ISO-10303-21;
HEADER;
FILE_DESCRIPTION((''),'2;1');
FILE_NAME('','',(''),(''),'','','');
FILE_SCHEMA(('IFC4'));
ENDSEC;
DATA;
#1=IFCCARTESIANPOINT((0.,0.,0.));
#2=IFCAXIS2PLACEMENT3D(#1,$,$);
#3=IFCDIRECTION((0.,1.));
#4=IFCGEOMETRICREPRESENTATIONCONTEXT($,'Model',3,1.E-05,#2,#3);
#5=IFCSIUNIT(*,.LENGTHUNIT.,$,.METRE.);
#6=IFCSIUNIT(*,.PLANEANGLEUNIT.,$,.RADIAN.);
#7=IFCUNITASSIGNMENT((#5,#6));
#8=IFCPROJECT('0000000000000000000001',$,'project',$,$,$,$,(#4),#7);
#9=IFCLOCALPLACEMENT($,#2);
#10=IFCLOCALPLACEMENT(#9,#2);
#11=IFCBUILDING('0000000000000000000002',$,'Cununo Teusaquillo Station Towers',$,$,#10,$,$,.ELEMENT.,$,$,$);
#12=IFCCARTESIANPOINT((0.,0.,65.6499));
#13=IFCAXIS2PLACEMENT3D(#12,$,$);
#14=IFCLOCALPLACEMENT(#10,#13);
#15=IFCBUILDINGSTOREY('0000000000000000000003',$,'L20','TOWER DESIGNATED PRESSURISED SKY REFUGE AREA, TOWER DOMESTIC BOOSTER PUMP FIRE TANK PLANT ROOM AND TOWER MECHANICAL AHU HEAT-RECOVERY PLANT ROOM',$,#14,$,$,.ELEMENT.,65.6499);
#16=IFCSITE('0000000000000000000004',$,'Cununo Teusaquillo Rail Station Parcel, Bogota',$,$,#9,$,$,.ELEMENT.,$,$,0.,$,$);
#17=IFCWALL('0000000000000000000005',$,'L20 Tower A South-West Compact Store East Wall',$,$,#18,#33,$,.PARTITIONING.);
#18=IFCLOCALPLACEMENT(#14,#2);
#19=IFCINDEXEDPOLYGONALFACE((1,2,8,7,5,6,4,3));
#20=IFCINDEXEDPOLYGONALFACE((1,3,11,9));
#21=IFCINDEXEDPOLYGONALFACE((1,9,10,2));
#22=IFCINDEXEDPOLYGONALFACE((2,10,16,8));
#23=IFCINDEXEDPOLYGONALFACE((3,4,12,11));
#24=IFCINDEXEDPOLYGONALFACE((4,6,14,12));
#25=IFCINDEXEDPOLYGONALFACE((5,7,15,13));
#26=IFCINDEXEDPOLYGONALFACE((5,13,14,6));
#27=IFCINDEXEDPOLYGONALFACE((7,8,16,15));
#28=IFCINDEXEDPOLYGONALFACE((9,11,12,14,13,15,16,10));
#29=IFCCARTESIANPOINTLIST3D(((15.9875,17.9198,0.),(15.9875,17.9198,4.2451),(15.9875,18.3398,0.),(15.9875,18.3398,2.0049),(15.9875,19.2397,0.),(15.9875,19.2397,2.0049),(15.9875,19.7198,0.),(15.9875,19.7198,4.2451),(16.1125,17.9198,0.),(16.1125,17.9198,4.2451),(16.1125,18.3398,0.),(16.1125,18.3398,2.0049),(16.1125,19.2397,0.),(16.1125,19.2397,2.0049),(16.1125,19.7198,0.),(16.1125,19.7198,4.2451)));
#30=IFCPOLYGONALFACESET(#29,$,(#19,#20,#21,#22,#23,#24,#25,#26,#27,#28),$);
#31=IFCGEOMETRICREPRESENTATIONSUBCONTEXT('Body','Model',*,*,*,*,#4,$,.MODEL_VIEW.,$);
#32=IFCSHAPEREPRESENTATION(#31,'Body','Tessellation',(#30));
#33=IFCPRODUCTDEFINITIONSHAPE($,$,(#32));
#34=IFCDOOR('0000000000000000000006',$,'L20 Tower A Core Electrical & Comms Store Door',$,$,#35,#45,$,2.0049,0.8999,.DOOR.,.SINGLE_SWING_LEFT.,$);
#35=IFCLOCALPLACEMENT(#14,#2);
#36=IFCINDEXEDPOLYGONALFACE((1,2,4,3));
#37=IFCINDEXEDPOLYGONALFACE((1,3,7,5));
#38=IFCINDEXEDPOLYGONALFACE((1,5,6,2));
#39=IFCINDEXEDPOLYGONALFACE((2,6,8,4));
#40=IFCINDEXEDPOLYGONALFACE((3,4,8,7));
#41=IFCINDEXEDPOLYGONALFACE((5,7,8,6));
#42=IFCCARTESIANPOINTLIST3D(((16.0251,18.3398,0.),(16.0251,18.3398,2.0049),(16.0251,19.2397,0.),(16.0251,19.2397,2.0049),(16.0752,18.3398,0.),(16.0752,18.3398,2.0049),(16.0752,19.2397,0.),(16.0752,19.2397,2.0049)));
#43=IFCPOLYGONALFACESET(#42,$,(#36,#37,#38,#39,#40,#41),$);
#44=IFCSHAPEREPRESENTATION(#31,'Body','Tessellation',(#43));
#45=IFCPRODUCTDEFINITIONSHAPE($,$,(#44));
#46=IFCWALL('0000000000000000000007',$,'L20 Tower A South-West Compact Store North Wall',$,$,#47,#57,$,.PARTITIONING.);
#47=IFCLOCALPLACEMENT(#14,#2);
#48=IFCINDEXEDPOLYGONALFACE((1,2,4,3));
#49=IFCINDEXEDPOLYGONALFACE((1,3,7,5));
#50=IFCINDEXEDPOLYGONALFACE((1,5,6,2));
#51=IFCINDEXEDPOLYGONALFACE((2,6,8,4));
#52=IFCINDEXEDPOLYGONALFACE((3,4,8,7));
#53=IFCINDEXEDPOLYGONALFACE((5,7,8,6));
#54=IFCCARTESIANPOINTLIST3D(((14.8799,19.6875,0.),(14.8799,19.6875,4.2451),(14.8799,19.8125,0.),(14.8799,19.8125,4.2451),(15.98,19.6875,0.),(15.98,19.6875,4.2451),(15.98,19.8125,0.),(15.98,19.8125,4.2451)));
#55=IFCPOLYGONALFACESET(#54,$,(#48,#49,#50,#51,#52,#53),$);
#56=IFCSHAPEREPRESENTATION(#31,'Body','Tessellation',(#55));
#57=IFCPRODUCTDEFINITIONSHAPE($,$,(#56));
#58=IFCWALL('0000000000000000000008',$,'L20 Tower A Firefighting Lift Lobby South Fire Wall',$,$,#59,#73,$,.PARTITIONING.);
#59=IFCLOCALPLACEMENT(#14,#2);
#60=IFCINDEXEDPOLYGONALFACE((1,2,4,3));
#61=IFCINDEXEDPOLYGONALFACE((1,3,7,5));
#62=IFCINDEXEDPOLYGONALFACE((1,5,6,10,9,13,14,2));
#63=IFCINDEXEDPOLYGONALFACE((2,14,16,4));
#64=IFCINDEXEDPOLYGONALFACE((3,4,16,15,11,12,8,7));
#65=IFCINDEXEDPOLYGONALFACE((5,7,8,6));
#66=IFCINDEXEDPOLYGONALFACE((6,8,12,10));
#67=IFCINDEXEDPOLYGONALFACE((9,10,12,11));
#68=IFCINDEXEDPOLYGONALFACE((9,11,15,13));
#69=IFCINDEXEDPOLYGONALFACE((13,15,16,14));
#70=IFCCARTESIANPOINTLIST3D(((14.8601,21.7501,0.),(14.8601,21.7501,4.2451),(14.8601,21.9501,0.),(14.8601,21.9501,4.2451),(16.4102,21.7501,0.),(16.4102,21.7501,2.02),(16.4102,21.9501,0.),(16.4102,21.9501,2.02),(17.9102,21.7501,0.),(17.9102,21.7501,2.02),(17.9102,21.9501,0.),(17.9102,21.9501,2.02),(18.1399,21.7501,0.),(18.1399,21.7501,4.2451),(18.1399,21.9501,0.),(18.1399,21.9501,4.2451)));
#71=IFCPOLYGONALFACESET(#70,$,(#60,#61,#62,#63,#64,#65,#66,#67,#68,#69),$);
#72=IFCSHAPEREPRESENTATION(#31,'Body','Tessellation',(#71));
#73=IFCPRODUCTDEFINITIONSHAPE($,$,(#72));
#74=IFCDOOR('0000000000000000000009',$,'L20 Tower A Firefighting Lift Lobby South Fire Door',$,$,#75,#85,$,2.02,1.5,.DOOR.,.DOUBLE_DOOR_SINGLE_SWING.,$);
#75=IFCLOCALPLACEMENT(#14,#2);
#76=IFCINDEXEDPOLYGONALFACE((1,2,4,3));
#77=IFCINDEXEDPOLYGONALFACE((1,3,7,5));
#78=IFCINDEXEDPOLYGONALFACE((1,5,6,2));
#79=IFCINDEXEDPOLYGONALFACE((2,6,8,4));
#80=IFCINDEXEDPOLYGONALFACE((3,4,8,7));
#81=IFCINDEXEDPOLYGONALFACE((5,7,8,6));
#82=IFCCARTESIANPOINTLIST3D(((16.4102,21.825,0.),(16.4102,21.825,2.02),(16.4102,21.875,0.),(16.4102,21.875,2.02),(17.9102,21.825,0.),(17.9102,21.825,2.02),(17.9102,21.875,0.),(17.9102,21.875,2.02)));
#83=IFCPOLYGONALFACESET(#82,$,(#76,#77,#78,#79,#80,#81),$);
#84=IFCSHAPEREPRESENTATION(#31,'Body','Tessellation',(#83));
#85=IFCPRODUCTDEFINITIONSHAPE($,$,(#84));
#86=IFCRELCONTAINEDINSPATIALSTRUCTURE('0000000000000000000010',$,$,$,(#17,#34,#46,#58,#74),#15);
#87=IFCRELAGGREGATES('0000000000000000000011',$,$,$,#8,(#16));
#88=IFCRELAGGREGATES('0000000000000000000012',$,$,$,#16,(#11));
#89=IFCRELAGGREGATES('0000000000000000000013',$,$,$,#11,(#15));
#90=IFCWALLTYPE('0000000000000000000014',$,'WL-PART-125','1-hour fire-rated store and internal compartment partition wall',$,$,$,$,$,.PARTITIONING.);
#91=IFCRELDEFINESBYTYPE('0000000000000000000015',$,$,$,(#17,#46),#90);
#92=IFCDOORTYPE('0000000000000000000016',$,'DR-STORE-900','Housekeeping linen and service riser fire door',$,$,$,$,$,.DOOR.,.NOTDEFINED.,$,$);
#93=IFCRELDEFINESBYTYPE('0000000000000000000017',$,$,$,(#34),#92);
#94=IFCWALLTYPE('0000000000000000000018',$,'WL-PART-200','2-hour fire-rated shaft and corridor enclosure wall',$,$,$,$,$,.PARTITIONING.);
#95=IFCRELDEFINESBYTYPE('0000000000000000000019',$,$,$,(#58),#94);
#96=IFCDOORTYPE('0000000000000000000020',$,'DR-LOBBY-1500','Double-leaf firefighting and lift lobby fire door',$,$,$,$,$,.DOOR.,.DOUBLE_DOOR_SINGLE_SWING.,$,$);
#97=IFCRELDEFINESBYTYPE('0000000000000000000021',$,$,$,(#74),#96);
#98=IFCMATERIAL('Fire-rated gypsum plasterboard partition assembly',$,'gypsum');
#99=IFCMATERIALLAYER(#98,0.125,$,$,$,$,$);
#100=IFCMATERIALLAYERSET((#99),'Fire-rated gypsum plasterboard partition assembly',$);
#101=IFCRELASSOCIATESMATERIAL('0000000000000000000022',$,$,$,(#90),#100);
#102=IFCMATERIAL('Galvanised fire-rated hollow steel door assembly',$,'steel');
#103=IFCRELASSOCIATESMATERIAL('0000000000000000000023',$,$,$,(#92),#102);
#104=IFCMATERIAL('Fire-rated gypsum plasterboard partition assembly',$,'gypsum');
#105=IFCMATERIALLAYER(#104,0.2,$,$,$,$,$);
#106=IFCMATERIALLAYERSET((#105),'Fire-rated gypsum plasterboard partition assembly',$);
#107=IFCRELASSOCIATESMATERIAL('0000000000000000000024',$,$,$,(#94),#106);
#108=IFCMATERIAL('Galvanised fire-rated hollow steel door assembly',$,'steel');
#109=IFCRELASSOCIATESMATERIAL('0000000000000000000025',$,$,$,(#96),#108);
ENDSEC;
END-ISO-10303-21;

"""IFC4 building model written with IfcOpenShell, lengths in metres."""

from ifc_helpers import new_model, si_unit, direction, frame, frame_2d, origin, place, context, subcontext, project, spatial, rectangle, extrude, source, transform, mapped, material, layer, layer_set, type_object, element, fill, save


model = new_model("IFC4")

# Units and contexts
model_context = context("Model", 3, precision=1e-05, world=origin(), true_north=direction((0.0, 1.0)))
body_context = subcontext(model_context, "Body", "Model", "MODEL_VIEW")
ifc_project = project(units=[si_unit("LENGTHUNIT", "METRE"), si_unit("PLANEANGLEUNIT", "RADIAN")], contexts=[model_context])

# Site, building, storey
site_placement = place(None, origin())
site = spatial("IfcSite", under=ifc_project, at=site_placement, Name="Cununo Teusaquillo Rail Station Parcel, Bogota", CompositionType="ELEMENT", RefElevation=0.0)
building_placement = place(site_placement, origin())
building = spatial("IfcBuilding", under=site, at=building_placement, Name="Cununo Teusaquillo Station Towers", CompositionType="ELEMENT")
storey_placement = place(building_placement, frame((0.0, 0.0, 65.6499)))
storey = spatial("IfcBuildingStorey", under=building, at=storey_placement, Name="L20", Description="TOWER DESIGNATED PRESSURISED SKY REFUGE AREA, TOWER DOMESTIC BOOSTER PUMP FIRE TANK PLANT ROOM AND TOWER MECHANICAL AHU HEAT-RECOVERY PLANT ROOM", CompositionType="ELEMENT", Elevation=65.6499)

# Wall, opening, door
ifc_material_1 = material(Name="Fire-rated gypsum plasterboard partition assembly", Category="gypsum")
ifc_layer_1 = layer(ifc_material_1, 0.125)
ifc_layer_set_1 = layer_set([ifc_layer_1], Name="Fire-rated gypsum plasterboard partition assembly")
wall_type_1 = type_object("IfcWallType", Name="WL-PART-125", Description="1-hour fire-rated store and internal compartment partition wall", PredefinedType="PARTITIONING", material=ifc_layer_set_1)
wall_1_placement = place(storey_placement, frame((16.05, 17.9199, 0.0), z_axis=(0.0, 0.0, 1.0), x_axis=(0.0, 1.0, 0.0)))
wall_1 = element("IfcWall", 1, at=wall_1_placement, inside=storey, type_object=wall_type_1, Name="L20 Tower A South-West Compact Store East Wall", PredefinedType="PARTITIONING", context=body_context, shape_type="SweptSolid", body=[
    extrude(rectangle(XDim=1.8, YDim=0.125, at=frame_2d((0.8999, 0.0))), origin(), (0.0, 0.0, 1.0), 4.2451),
])
shared_shape_1 = source(origin(), body_context, "Body", "SweptSolid", [
    extrude(rectangle(XDim=0.8999, YDim=2.0049, at=frame_2d((0.45, 1.0024))), frame((0.0, 0.0725, 0.0), z_axis=(0.0, -1.0, 0.0), x_axis=(1.0, 0.0, 0.0)), (0.0, 0.0, 1.0), 0.145),
])
opening_1_placement = place(wall_1_placement, frame((0.4199, 0.0, 0.0)))
opening_1 = element("IfcOpeningElement", 2, at=opening_1_placement, cuts=wall_1, PredefinedType="OPENING", context=body_context, shape_type="MappedRepresentation", body=[
    mapped(shared_shape_1, transform((0.0, 0.0, 0.0), x_axis=(1.0, 0.0, 0.0), y_axis=(0.0, 1.0, 0.0), z_axis=(0.0, 0.0, 1.0), scale=1.0)),
])
ifc_material_2 = material(Name="Galvanised fire-rated hollow steel door assembly", Category="steel")
door_type_1 = type_object("IfcDoorType", Name="DR-STORE-900", Description="Housekeeping linen and service riser fire door", OperationType="NOTDEFINED", PredefinedType="DOOR", material=ifc_material_2)
shared_shape_2 = source(origin(), body_context, "Body", "SweptSolid", [
    extrude(rectangle(XDim=0.8999, YDim=2.0049, at=frame_2d((0.45, 1.0024))), frame((0.0, 0.0249, 0.0), z_axis=(0.0, -1.0, 0.0), x_axis=(1.0, 0.0, 0.0)), (0.0, 0.0, 1.0), 0.05),
])
door_1_placement = place(opening_1_placement, origin())
door_1 = element("IfcDoor", 3, at=door_1_placement, inside=storey, type_object=door_type_1, Name="L20 Tower A Core Electrical & Comms Store Door", OperationType="SINGLE_SWING_LEFT", OverallHeight=2.0049, OverallWidth=0.8999, PredefinedType="DOOR", context=body_context, shape_type="MappedRepresentation", body=[
    mapped(shared_shape_2, transform((0.0, 0.0, 0.0), x_axis=(1.0, 0.0, 0.0), y_axis=(0.0, 1.0, 0.0), z_axis=(0.0, 0.0, 1.0), scale=1.0)),
])
fill(opening_1, door_1)

# Wall
wall_2_placement = place(storey_placement, frame((14.8799, 19.75, 0.0), z_axis=(0.0, 0.0, 1.0), x_axis=(1.0, 0.0, 0.0)))
element("IfcWall", 4, at=wall_2_placement, inside=storey, type_object=wall_type_1, Name="L20 Tower A South-West Compact Store North Wall", PredefinedType="PARTITIONING", context=body_context, shape_type="SweptSolid", body=[
    extrude(rectangle(XDim=1.1001, YDim=0.125, at=frame_2d((0.55, 0.0))), origin(), (0.0, 0.0, 1.0), 4.2451),
])

# Wall, opening, door
ifc_material_3 = material(Name="Fire-rated gypsum plasterboard partition assembly", Category="gypsum")
ifc_layer_2 = layer(ifc_material_3, 0.2)
ifc_layer_set_2 = layer_set([ifc_layer_2], Name="Fire-rated gypsum plasterboard partition assembly")
wall_type_2 = type_object("IfcWallType", Name="WL-PART-200", Description="2-hour fire-rated shaft and corridor enclosure wall", PredefinedType="PARTITIONING", material=ifc_layer_set_2)
wall_3_placement = place(storey_placement, frame((14.8601, 21.8501, 0.0), z_axis=(0.0, 0.0, 1.0), x_axis=(1.0, 0.0, 0.0)))
wall_3 = element("IfcWall", 5, at=wall_3_placement, inside=storey, type_object=wall_type_2, Name="L20 Tower A Firefighting Lift Lobby South Fire Wall", PredefinedType="PARTITIONING", context=body_context, shape_type="SweptSolid", body=[
    extrude(rectangle(XDim=3.2798, YDim=0.2, at=frame_2d((1.6399, 0.0))), origin(), (0.0, 0.0, 1.0), 4.2451),
])
shared_shape_3 = source(origin(), body_context, "Body", "SweptSolid", [
    extrude(rectangle(XDim=1.5, YDim=2.02, at=frame_2d((0.75, 1.01))), frame((0.0, 0.1099, 0.0), z_axis=(0.0, -1.0, 0.0), x_axis=(1.0, 0.0, 0.0)), (0.0, 0.0, 1.0), 0.22),
])
opening_2_placement = place(wall_3_placement, frame((1.55, 0.0, 0.0)))
opening_2 = element("IfcOpeningElement", 6, at=opening_2_placement, cuts=wall_3, PredefinedType="OPENING", context=body_context, shape_type="MappedRepresentation", body=[
    mapped(shared_shape_3, transform((0.0, 0.0, 0.0), x_axis=(1.0, 0.0, 0.0), y_axis=(0.0, 1.0, 0.0), z_axis=(0.0, 0.0, 1.0), scale=1.0)),
])
ifc_material_4 = material(Name="Galvanised fire-rated hollow steel door assembly", Category="steel")
door_type_2 = type_object("IfcDoorType", Name="DR-LOBBY-1500", Description="Double-leaf firefighting and lift lobby fire door", OperationType="DOUBLE_DOOR_SINGLE_SWING", PredefinedType="DOOR", material=ifc_material_4)
shared_shape_4 = source(origin(), body_context, "Body", "SweptSolid", [
    extrude(rectangle(XDim=1.5, YDim=2.02, at=frame_2d((0.75, 1.01))), frame((0.0, 0.0249, 0.0), z_axis=(0.0, -1.0, 0.0), x_axis=(1.0, 0.0, 0.0)), (0.0, 0.0, 1.0), 0.05),
])
door_2_placement = place(opening_2_placement, origin())
door_2 = element("IfcDoor", 7, at=door_2_placement, inside=storey, type_object=door_type_2, Name="L20 Tower A Firefighting Lift Lobby South Fire Door", OperationType="DOUBLE_DOOR_SINGLE_SWING", OverallHeight=2.02, OverallWidth=1.5, PredefinedType="DOOR", context=body_context, shape_type="MappedRepresentation", body=[
    mapped(shared_shape_4, transform((0.0, 0.0, 0.0), x_axis=(1.0, 0.0, 0.0), y_axis=(0.0, 1.0, 0.0), z_axis=(0.0, 0.0, 1.0), scale=1.0)),
])
fill(opening_2, door_2)

save(model, "model.ifc")
